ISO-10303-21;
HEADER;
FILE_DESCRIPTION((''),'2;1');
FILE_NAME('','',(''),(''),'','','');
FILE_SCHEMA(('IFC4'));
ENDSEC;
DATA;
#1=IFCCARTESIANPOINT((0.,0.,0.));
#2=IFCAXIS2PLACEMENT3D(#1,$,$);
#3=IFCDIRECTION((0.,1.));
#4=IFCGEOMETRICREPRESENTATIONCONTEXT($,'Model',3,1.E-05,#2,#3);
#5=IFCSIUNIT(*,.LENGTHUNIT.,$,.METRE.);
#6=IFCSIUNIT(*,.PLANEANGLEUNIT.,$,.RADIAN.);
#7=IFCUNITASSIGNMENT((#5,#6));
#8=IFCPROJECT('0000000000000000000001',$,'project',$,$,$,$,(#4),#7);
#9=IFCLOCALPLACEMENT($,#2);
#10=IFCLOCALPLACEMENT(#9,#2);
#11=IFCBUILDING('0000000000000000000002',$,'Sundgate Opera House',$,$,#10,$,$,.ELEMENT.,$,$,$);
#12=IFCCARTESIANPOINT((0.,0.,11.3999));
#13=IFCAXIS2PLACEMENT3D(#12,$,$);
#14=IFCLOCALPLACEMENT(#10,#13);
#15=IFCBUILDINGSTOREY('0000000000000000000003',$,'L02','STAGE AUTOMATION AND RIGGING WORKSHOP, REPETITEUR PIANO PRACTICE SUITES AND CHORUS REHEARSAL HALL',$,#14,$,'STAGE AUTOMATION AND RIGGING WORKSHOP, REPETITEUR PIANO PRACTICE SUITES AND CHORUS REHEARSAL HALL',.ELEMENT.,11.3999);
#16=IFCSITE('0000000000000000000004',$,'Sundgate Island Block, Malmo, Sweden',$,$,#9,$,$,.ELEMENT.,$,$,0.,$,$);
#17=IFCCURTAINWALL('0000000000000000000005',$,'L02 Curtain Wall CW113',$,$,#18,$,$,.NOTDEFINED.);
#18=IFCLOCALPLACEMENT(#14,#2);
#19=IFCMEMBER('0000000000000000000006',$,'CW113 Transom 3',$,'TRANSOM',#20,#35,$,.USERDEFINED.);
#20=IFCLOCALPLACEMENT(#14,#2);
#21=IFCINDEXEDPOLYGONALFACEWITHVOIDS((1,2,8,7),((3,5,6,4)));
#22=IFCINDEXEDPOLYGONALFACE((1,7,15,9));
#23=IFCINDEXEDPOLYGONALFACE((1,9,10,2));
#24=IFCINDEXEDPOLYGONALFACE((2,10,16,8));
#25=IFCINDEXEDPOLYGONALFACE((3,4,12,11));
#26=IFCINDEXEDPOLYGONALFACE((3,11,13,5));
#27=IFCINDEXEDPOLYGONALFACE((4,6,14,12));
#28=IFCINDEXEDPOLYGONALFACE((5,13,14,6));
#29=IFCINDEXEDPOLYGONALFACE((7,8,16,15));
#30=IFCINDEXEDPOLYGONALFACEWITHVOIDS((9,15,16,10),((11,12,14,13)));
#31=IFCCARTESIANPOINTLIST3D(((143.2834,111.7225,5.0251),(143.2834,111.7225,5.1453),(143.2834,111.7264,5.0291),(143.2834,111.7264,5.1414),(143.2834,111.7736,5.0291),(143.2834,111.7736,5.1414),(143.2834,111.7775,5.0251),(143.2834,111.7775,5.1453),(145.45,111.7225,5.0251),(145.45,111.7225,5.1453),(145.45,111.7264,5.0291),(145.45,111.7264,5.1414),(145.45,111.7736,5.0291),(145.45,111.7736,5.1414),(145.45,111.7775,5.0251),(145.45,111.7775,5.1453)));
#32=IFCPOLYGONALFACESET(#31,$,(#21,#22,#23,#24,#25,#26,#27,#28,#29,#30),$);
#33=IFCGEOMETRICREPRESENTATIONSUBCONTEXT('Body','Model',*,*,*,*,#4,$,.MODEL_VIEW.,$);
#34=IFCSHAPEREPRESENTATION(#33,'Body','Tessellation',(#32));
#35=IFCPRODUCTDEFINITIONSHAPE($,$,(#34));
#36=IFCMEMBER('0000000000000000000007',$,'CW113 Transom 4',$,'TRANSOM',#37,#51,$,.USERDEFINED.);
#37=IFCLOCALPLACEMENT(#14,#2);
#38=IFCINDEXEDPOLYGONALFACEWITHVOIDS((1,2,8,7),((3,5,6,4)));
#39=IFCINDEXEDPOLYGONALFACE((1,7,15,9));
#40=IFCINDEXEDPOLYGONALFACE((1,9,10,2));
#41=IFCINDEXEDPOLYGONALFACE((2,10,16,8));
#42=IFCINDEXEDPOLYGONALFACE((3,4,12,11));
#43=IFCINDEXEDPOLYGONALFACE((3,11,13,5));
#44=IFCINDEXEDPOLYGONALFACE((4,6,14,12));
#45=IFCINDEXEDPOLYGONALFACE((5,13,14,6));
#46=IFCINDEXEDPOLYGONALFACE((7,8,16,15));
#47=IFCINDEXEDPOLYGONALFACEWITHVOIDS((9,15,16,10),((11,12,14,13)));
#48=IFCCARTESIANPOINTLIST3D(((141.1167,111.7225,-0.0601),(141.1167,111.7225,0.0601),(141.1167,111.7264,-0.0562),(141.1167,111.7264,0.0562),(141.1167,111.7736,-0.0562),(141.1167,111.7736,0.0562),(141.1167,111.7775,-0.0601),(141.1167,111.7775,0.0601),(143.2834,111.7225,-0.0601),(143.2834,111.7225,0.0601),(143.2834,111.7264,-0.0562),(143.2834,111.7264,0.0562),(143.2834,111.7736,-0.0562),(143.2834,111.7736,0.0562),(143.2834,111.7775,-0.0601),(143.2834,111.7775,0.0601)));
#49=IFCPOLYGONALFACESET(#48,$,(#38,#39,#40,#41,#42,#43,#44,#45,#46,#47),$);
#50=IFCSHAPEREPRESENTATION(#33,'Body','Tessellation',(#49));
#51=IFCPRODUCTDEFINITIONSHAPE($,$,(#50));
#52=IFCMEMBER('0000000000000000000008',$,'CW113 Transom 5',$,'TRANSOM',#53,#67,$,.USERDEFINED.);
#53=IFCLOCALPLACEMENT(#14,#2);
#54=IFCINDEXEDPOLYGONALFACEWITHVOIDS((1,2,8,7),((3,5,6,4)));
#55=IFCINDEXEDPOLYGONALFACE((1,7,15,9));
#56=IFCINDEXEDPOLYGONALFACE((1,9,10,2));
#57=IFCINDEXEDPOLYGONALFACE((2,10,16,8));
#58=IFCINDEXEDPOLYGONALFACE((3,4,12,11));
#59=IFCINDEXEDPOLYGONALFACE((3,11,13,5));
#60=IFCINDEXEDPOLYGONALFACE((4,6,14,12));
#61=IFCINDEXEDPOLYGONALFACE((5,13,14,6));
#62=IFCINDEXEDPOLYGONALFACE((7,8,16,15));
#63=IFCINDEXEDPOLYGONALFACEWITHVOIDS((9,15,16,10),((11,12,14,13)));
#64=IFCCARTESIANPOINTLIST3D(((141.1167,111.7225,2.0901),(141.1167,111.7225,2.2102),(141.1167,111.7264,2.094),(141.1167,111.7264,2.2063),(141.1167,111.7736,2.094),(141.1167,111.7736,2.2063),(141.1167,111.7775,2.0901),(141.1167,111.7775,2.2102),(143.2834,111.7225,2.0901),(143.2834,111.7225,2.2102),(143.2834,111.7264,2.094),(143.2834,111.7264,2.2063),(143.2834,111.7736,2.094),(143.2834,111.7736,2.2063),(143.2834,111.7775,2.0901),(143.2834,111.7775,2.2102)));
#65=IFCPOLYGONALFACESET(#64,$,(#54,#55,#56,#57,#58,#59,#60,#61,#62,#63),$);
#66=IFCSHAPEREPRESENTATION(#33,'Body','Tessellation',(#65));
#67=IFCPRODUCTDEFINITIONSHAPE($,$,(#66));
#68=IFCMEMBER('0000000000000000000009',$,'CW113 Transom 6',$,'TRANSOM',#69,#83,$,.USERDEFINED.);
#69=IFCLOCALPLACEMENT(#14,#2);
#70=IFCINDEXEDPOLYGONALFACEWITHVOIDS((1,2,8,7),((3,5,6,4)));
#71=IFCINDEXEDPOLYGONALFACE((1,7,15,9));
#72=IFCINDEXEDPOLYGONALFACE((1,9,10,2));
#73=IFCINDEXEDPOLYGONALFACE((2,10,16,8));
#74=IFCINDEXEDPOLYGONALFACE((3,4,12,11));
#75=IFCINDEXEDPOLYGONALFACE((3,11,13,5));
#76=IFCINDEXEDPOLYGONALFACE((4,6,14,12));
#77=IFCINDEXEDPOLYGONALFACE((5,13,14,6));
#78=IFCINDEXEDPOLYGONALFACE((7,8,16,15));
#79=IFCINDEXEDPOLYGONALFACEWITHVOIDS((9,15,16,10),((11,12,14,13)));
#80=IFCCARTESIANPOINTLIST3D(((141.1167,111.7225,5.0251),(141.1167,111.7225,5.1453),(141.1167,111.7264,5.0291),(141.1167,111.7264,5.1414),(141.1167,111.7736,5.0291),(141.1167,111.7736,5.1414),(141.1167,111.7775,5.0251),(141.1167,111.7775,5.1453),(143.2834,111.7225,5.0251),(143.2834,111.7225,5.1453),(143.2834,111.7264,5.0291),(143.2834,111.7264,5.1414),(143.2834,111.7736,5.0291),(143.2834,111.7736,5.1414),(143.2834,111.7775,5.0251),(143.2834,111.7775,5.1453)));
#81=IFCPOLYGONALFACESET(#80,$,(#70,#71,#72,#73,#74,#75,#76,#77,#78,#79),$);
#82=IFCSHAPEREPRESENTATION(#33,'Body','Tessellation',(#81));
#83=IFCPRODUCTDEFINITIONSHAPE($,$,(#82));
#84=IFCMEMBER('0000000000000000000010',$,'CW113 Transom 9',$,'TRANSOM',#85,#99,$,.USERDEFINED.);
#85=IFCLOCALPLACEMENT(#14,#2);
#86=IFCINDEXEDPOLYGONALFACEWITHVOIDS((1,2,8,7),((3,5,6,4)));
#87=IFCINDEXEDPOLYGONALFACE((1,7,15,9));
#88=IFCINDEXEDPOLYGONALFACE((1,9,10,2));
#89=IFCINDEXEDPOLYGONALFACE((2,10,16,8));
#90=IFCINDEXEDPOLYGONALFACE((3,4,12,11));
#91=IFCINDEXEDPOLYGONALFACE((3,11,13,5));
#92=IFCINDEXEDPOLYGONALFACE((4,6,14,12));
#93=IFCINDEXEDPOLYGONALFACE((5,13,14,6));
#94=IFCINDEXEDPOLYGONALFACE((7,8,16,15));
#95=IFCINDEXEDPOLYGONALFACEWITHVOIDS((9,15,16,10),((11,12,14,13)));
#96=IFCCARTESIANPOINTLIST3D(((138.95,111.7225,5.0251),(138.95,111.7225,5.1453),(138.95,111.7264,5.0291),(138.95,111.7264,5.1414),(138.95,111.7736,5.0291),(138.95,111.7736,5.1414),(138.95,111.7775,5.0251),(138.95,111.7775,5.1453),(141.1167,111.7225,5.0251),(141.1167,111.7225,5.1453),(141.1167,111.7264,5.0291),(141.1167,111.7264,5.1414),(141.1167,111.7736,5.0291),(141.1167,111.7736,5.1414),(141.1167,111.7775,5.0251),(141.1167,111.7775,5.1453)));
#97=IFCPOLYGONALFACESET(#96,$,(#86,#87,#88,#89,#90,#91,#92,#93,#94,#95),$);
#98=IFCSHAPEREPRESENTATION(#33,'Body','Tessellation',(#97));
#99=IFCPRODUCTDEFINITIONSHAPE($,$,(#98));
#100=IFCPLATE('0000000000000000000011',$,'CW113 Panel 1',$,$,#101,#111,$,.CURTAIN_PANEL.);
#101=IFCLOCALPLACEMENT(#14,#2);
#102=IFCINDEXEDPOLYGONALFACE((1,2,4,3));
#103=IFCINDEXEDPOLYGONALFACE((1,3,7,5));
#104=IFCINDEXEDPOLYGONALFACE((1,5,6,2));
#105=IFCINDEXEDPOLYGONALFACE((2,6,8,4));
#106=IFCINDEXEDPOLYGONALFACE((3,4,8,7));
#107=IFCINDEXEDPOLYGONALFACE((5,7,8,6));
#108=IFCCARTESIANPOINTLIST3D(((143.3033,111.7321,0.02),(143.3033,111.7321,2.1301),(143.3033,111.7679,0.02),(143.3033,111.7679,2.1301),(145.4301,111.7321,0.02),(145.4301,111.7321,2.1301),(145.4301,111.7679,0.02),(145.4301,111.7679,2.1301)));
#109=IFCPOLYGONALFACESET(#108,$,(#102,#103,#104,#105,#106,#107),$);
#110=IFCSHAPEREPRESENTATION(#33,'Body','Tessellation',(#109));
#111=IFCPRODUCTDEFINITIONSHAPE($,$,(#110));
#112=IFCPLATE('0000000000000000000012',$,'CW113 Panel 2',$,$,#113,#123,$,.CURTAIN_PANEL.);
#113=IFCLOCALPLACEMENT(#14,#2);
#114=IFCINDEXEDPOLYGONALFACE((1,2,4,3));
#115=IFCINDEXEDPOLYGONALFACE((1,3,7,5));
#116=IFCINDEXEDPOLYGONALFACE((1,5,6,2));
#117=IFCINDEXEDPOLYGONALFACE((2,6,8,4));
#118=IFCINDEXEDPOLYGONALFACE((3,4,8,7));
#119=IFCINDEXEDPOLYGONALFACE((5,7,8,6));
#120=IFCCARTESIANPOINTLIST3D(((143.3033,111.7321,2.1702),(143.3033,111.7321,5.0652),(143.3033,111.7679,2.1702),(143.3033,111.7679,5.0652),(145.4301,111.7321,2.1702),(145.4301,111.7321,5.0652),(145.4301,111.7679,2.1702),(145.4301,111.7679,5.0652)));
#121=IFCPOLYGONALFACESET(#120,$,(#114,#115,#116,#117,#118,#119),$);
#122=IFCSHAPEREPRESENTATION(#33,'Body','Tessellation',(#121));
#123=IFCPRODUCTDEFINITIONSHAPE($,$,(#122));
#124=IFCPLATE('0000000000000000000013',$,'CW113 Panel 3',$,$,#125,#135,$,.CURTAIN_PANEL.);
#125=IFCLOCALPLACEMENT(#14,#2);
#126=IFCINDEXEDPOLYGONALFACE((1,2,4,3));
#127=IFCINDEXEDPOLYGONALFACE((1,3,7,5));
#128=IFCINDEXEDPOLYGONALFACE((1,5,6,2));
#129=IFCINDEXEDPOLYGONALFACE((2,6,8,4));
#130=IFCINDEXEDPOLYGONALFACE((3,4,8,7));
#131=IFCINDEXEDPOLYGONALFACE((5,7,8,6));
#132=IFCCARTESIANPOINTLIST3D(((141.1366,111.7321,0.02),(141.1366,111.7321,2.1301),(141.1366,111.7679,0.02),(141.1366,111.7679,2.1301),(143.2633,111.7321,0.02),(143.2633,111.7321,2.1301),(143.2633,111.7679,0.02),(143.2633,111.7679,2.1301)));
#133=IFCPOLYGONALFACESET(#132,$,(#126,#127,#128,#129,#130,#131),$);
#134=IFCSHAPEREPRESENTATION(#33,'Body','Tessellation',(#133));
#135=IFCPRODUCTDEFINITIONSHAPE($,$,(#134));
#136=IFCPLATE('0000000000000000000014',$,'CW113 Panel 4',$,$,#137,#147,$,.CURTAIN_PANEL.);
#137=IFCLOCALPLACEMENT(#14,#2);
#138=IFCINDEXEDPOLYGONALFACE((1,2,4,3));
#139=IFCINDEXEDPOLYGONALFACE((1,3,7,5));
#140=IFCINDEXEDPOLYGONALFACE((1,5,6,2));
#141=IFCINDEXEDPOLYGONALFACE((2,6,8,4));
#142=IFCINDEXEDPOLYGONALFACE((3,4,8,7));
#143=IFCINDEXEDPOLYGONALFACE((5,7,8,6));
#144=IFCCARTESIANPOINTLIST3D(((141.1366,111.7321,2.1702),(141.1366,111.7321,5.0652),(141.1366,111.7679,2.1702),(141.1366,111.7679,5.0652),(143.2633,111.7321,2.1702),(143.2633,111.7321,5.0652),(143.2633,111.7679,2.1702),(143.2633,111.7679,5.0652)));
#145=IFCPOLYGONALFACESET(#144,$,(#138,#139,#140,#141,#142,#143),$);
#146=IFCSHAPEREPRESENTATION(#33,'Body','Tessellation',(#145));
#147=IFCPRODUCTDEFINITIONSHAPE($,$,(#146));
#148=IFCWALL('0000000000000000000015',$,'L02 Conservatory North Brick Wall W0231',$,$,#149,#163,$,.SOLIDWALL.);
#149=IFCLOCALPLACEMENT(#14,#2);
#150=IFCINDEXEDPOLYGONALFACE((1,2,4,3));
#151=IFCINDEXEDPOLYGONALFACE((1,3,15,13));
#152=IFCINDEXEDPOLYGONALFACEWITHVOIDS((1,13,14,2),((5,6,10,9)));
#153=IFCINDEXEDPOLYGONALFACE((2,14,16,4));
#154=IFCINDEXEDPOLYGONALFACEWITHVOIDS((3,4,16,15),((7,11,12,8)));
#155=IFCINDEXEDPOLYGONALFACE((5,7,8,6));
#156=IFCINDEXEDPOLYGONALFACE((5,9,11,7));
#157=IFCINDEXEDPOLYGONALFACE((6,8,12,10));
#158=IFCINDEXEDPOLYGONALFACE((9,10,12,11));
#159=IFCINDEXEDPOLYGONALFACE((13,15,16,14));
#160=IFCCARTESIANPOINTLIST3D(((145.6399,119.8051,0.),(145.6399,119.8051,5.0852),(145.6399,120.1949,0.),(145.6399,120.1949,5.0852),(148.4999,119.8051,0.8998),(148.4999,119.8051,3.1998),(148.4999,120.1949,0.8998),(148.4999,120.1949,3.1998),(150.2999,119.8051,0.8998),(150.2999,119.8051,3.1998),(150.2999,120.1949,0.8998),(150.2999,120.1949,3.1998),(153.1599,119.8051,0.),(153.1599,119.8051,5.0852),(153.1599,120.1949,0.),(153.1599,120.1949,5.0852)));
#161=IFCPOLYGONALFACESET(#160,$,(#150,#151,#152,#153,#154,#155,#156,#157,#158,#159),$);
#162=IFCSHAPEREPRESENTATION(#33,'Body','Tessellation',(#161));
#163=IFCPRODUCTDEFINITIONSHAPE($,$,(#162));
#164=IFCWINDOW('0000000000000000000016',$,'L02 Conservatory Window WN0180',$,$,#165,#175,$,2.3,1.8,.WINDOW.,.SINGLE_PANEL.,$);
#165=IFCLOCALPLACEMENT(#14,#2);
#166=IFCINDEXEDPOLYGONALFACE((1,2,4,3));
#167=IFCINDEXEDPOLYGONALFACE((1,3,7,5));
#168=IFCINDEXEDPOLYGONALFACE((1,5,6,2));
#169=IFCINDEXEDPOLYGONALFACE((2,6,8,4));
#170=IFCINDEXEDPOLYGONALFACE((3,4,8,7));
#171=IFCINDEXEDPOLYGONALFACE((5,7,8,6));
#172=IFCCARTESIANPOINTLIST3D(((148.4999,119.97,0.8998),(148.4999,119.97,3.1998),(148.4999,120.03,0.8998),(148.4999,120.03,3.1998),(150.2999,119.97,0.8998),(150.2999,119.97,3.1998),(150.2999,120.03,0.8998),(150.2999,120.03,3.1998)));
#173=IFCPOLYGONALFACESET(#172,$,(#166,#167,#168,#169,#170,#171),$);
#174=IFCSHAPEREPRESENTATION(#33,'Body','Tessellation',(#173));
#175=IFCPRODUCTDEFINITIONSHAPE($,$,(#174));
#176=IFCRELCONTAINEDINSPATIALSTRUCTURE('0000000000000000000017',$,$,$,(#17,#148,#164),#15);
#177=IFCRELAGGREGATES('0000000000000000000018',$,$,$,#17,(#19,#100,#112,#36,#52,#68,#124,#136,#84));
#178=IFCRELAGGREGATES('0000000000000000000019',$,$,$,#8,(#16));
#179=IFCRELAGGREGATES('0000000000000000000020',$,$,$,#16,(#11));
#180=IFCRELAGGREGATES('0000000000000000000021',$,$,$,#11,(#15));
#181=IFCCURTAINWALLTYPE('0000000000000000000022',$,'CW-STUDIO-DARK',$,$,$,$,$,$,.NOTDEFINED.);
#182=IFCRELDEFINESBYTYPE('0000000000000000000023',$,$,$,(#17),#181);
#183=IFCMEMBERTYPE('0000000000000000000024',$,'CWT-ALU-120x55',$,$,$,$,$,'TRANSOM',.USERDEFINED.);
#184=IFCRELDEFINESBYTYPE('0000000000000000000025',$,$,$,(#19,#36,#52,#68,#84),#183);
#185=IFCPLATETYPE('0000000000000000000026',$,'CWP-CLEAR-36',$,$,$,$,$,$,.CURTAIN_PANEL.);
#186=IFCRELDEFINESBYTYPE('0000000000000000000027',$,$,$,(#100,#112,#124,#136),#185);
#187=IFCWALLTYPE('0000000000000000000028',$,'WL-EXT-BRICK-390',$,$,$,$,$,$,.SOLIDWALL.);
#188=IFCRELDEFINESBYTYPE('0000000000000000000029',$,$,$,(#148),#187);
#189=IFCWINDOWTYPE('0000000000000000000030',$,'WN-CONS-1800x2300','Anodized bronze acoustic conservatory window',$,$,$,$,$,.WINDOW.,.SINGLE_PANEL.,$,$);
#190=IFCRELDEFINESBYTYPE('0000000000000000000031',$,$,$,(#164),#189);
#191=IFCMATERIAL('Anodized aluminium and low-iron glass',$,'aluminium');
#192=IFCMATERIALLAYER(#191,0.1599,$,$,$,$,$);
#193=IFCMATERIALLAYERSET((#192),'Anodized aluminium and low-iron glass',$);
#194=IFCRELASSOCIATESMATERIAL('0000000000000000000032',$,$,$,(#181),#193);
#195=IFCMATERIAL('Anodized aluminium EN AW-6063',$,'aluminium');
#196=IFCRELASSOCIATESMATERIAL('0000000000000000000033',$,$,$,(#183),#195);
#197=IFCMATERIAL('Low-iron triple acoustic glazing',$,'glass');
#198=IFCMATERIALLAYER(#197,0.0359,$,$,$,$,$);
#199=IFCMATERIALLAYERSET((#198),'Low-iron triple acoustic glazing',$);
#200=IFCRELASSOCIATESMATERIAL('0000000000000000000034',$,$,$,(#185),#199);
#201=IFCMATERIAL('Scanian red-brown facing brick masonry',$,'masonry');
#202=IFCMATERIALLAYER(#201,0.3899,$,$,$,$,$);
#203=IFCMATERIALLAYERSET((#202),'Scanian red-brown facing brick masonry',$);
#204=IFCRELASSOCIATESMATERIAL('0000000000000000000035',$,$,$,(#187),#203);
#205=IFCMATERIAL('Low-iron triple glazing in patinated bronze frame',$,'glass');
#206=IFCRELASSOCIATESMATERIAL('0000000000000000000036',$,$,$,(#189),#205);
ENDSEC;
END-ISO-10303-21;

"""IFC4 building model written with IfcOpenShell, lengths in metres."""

from ifc_helpers import new_model, si_unit, direction, frame, frame_2d, origin, origin_2d, place, context, subcontext, project, spatial, rectangle, hollow_rectangle, extrude, material, layer, layer_set, material_profile, profile_set, type_object, element, fill, aggregate, save


model = new_model("IFC4")

# Units and contexts
model_context = context("Model", 3, precision=1e-05, world=origin(), true_north=direction((0.0, 1.0)))
body_context = subcontext(model_context, "Body", "Model", "MODEL_VIEW")
ifc_project = project(units=[si_unit("LENGTHUNIT", "METRE"), si_unit("PLANEANGLEUNIT", "RADIAN")], contexts=[model_context])

# Site, building, storey
site_placement = place(None, origin())
site = spatial("IfcSite", under=ifc_project, at=site_placement, Name="Sundgate Island Block, Malmo, Sweden", CompositionType="ELEMENT", RefElevation=0.0)
building_placement = place(site_placement, origin())
building = spatial("IfcBuilding", under=site, at=building_placement, Name="Sundgate Opera House", CompositionType="ELEMENT")
storey_placement = place(building_placement, frame((0.0, 0.0, 11.3999)))
storey = spatial("IfcBuildingStorey", under=building, at=storey_placement, Name="L02", Description="STAGE AUTOMATION AND RIGGING WORKSHOP, REPETITEUR PIANO PRACTICE SUITES AND CHORUS REHEARSAL HALL", LongName="STAGE AUTOMATION AND RIGGING WORKSHOP, REPETITEUR PIANO PRACTICE SUITES AND CHORUS REHEARSAL HALL", CompositionType="ELEMENT", Elevation=11.3999)

# Curtain wall, members, plates
ifc_material_1 = material(Name="Anodized aluminium and low-iron glass", Category="aluminium")
ifc_layer_1 = layer(ifc_material_1, 0.1599)
ifc_layer_set_1 = layer_set([ifc_layer_1], Name="Anodized aluminium and low-iron glass")
curtain_wall_type = type_object("IfcCurtainWallType", Name="CW-STUDIO-DARK", PredefinedType="NOTDEFINED", material=ifc_layer_set_1)
curtain_wall_placement = place(storey_placement, origin())
curtain_wall = element("IfcCurtainWall", 1, at=curtain_wall_placement, inside=storey, type_object=curtain_wall_type, Name="L02 Curtain Wall CW113", PredefinedType="NOTDEFINED")
ifc_material_2 = material(Name="Anodized aluminium EN AW-6063", Category="aluminium")
ifc_material_profile_1 = material_profile(ifc_material_2, hollow_rectangle(XDim=0.0549, YDim=0.1201, WallThickness=0.0039, at=origin_2d()), Name="CWT 120x55x4")
ifc_profile_set_1 = profile_set([ifc_material_profile_1], Name="Anodized aluminium EN AW-6063")
member_type_1 = type_object("IfcMemberType", Name="CWT-ALU-120x55", ElementType="TRANSOM", PredefinedType="USERDEFINED", material=ifc_profile_set_1)
member_1_placement = place(storey_placement, frame((145.45, 111.75, 5.0852), z_axis=(-1.0, 0.0, 0.0), x_axis=(0.0, -1.0, 0.0)))
member_1 = element("IfcMember", 2, at=member_1_placement, type_object=member_type_1, Name="CW113 Transom 3", ObjectType="TRANSOM", PredefinedType="USERDEFINED", context=body_context, shape_type="SweptSolid", body=[
    extrude(hollow_rectangle(XDim=0.0549, YDim=0.1201, WallThickness=0.0039, at=origin_2d()), origin(), (0.0, 0.0, 1.0), 2.1665),
])
member_2_placement = place(storey_placement, frame((143.2834, 111.75, 0.0), z_axis=(-1.0, 0.0, 0.0), x_axis=(0.0, -1.0, 0.0)))
member_2 = element("IfcMember", 3, at=member_2_placement, type_object=member_type_1, Name="CW113 Transom 4", ObjectType="TRANSOM", PredefinedType="USERDEFINED", context=body_context, shape_type="SweptSolid", body=[
    extrude(hollow_rectangle(XDim=0.0549, YDim=0.1201, WallThickness=0.0039, at=origin_2d()), origin(), (0.0, 0.0, 1.0), 2.1667),
])
member_3_placement = place(storey_placement, frame((143.2834, 111.75, 2.1501), z_axis=(-1.0, 0.0, 0.0), x_axis=(0.0, -1.0, 0.0)))
member_3 = element("IfcMember", 4, at=member_3_placement, type_object=member_type_1, Name="CW113 Transom 5", ObjectType="TRANSOM", PredefinedType="USERDEFINED", context=body_context, shape_type="SweptSolid", body=[
    extrude(hollow_rectangle(XDim=0.0549, YDim=0.1201, WallThickness=0.0039, at=origin_2d()), origin(), (0.0, 0.0, 1.0), 2.1667),
])
member_4_placement = place(storey_placement, frame((143.2834, 111.75, 5.0852), z_axis=(-1.0, 0.0, 0.0), x_axis=(0.0, -1.0, 0.0)))
member_4 = element("IfcMember", 5, at=member_4_placement, type_object=member_type_1, Name="CW113 Transom 6", ObjectType="TRANSOM", PredefinedType="USERDEFINED", context=body_context, shape_type="SweptSolid", body=[
    extrude(hollow_rectangle(XDim=0.0549, YDim=0.1201, WallThickness=0.0039, at=origin_2d()), origin(), (0.0, 0.0, 1.0), 2.1667),
])
member_5_placement = place(storey_placement, frame((141.1167, 111.75, 5.0852), z_axis=(-1.0, 0.0, 0.0), x_axis=(0.0, -1.0, 0.0)))
member_5 = element("IfcMember", 6, at=member_5_placement, type_object=member_type_1, Name="CW113 Transom 9", ObjectType="TRANSOM", PredefinedType="USERDEFINED", context=body_context, shape_type="SweptSolid", body=[
    extrude(hollow_rectangle(XDim=0.0549, YDim=0.1201, WallThickness=0.0039, at=origin_2d()), origin(), (0.0, 0.0, 1.0), 2.1667),
])
ifc_material_3 = material(Name="Low-iron triple acoustic glazing", Category="glass")
ifc_layer_2 = layer(ifc_material_3, 0.0359)
ifc_layer_set_2 = layer_set([ifc_layer_2], Name="Low-iron triple acoustic glazing")
plate_type = type_object("IfcPlateType", Name="CWP-CLEAR-36", PredefinedType="CURTAIN_PANEL", material=ifc_layer_set_2)
plate_1_placement = place(storey_placement, frame((144.3667, 111.75, 0.02), z_axis=(0.0, 0.0, 1.0), x_axis=(-1.0, 0.0, 0.0)))
plate_1 = element("IfcPlate", 7, at=plate_1_placement, type_object=plate_type, Name="CW113 Panel 1", PredefinedType="CURTAIN_PANEL", context=body_context, shape_type="SweptSolid", body=[
    extrude(rectangle(XDim=2.1267, YDim=0.0359, at=origin_2d()), origin(), (0.0, 0.0, 1.0), 2.1101),
])
plate_2_placement = place(storey_placement, frame((144.3667, 111.75, 2.1702), z_axis=(0.0, 0.0, 1.0), x_axis=(-1.0, 0.0, 0.0)))
plate_2 = element("IfcPlate", 8, at=plate_2_placement, type_object=plate_type, Name="CW113 Panel 2", PredefinedType="CURTAIN_PANEL", context=body_context, shape_type="SweptSolid", body=[
    extrude(rectangle(XDim=2.1267, YDim=0.0359, at=origin_2d()), origin(), (0.0, 0.0, 1.0), 2.895),
])
plate_3_placement = place(storey_placement, frame((142.2, 111.75, 0.02), z_axis=(0.0, 0.0, 1.0), x_axis=(-1.0, 0.0, 0.0)))
plate_3 = element("IfcPlate", 9, at=plate_3_placement, type_object=plate_type, Name="CW113 Panel 3", PredefinedType="CURTAIN_PANEL", context=body_context, shape_type="SweptSolid", body=[
    extrude(rectangle(XDim=2.1267, YDim=0.0359, at=origin_2d()), origin(), (0.0, 0.0, 1.0), 2.1101),
])
plate_4_placement = place(storey_placement, frame((142.2, 111.75, 2.1702), z_axis=(0.0, 0.0, 1.0), x_axis=(-1.0, 0.0, 0.0)))
plate_4 = element("IfcPlate", 10, at=plate_4_placement, type_object=plate_type, Name="CW113 Panel 4", PredefinedType="CURTAIN_PANEL", context=body_context, shape_type="SweptSolid", body=[
    extrude(rectangle(XDim=2.1267, YDim=0.0359, at=origin_2d()), origin(), (0.0, 0.0, 1.0), 2.895),
])
aggregate(curtain_wall, [member_1, plate_1, plate_2, member_2, member_3, member_4, plate_3, plate_4, member_5])

# Wall, opening, window
ifc_material_4 = material(Name="Scanian red-brown facing brick masonry", Category="masonry")
ifc_layer_3 = layer(ifc_material_4, 0.3899)
ifc_layer_set_3 = layer_set([ifc_layer_3], Name="Scanian red-brown facing brick masonry")
wall_type = type_object("IfcWallType", Name="WL-EXT-BRICK-390", PredefinedType="SOLIDWALL", material=ifc_layer_set_3)
wall_placement = place(storey_placement, frame((145.6399, 120.0, 0.0), z_axis=(0.0, 0.0, 1.0), x_axis=(1.0, 0.0, 0.0)))
wall = element("IfcWall", 11, at=wall_placement, inside=storey, type_object=wall_type, Name="L02 Conservatory North Brick Wall W0231", PredefinedType="SOLIDWALL", context=body_context, shape_type="SweptSolid", body=[
    extrude(rectangle(XDim=7.52, YDim=0.3899, at=frame_2d((3.76, 0.0))), origin(), (0.0, 0.0, 1.0), 5.0852),
])
opening_placement = place(wall_placement, frame((2.8601, 0.0, 0.8999)))
opening = element("IfcOpeningElement", 12, at=opening_placement, cuts=wall, PredefinedType="OPENING", context=body_context, shape_type="SweptSolid", body=[
    extrude(rectangle(XDim=1.8, YDim=2.3, at=frame_2d((0.8999, 1.1499))), frame((0.0, 0.2048, 0.0), z_axis=(0.0, -1.0, 0.0), x_axis=(1.0, 0.0, 0.0)), (0.0, 0.0, 1.0), 0.4099),
])
ifc_material_5 = material(Name="Low-iron triple glazing in patinated bronze frame", Category="glass")
window_type = type_object("IfcWindowType", Name="WN-CONS-1800x2300", Description="Anodized bronze acoustic conservatory window", PartitioningType="SINGLE_PANEL", PredefinedType="WINDOW", material=ifc_material_5)
window_placement = place(opening_placement, origin())
window = element("IfcWindow", 13, at=window_placement, inside=storey, type_object=window_type, Name="L02 Conservatory Window WN0180", OverallHeight=2.3, OverallWidth=1.8, PartitioningType="SINGLE_PANEL", PredefinedType="WINDOW", context=body_context, shape_type="SweptSolid", body=[
    extrude(rectangle(XDim=1.8, YDim=2.3, at=frame_2d((0.8999, 1.1499))), frame((0.0, 0.03, 0.0), z_axis=(0.0, -1.0, 0.0), x_axis=(1.0, 0.0, 0.0)), (0.0, 0.0, 1.0), 0.0601),
])
fill(opening, window)

save(model, "model.ifc")
